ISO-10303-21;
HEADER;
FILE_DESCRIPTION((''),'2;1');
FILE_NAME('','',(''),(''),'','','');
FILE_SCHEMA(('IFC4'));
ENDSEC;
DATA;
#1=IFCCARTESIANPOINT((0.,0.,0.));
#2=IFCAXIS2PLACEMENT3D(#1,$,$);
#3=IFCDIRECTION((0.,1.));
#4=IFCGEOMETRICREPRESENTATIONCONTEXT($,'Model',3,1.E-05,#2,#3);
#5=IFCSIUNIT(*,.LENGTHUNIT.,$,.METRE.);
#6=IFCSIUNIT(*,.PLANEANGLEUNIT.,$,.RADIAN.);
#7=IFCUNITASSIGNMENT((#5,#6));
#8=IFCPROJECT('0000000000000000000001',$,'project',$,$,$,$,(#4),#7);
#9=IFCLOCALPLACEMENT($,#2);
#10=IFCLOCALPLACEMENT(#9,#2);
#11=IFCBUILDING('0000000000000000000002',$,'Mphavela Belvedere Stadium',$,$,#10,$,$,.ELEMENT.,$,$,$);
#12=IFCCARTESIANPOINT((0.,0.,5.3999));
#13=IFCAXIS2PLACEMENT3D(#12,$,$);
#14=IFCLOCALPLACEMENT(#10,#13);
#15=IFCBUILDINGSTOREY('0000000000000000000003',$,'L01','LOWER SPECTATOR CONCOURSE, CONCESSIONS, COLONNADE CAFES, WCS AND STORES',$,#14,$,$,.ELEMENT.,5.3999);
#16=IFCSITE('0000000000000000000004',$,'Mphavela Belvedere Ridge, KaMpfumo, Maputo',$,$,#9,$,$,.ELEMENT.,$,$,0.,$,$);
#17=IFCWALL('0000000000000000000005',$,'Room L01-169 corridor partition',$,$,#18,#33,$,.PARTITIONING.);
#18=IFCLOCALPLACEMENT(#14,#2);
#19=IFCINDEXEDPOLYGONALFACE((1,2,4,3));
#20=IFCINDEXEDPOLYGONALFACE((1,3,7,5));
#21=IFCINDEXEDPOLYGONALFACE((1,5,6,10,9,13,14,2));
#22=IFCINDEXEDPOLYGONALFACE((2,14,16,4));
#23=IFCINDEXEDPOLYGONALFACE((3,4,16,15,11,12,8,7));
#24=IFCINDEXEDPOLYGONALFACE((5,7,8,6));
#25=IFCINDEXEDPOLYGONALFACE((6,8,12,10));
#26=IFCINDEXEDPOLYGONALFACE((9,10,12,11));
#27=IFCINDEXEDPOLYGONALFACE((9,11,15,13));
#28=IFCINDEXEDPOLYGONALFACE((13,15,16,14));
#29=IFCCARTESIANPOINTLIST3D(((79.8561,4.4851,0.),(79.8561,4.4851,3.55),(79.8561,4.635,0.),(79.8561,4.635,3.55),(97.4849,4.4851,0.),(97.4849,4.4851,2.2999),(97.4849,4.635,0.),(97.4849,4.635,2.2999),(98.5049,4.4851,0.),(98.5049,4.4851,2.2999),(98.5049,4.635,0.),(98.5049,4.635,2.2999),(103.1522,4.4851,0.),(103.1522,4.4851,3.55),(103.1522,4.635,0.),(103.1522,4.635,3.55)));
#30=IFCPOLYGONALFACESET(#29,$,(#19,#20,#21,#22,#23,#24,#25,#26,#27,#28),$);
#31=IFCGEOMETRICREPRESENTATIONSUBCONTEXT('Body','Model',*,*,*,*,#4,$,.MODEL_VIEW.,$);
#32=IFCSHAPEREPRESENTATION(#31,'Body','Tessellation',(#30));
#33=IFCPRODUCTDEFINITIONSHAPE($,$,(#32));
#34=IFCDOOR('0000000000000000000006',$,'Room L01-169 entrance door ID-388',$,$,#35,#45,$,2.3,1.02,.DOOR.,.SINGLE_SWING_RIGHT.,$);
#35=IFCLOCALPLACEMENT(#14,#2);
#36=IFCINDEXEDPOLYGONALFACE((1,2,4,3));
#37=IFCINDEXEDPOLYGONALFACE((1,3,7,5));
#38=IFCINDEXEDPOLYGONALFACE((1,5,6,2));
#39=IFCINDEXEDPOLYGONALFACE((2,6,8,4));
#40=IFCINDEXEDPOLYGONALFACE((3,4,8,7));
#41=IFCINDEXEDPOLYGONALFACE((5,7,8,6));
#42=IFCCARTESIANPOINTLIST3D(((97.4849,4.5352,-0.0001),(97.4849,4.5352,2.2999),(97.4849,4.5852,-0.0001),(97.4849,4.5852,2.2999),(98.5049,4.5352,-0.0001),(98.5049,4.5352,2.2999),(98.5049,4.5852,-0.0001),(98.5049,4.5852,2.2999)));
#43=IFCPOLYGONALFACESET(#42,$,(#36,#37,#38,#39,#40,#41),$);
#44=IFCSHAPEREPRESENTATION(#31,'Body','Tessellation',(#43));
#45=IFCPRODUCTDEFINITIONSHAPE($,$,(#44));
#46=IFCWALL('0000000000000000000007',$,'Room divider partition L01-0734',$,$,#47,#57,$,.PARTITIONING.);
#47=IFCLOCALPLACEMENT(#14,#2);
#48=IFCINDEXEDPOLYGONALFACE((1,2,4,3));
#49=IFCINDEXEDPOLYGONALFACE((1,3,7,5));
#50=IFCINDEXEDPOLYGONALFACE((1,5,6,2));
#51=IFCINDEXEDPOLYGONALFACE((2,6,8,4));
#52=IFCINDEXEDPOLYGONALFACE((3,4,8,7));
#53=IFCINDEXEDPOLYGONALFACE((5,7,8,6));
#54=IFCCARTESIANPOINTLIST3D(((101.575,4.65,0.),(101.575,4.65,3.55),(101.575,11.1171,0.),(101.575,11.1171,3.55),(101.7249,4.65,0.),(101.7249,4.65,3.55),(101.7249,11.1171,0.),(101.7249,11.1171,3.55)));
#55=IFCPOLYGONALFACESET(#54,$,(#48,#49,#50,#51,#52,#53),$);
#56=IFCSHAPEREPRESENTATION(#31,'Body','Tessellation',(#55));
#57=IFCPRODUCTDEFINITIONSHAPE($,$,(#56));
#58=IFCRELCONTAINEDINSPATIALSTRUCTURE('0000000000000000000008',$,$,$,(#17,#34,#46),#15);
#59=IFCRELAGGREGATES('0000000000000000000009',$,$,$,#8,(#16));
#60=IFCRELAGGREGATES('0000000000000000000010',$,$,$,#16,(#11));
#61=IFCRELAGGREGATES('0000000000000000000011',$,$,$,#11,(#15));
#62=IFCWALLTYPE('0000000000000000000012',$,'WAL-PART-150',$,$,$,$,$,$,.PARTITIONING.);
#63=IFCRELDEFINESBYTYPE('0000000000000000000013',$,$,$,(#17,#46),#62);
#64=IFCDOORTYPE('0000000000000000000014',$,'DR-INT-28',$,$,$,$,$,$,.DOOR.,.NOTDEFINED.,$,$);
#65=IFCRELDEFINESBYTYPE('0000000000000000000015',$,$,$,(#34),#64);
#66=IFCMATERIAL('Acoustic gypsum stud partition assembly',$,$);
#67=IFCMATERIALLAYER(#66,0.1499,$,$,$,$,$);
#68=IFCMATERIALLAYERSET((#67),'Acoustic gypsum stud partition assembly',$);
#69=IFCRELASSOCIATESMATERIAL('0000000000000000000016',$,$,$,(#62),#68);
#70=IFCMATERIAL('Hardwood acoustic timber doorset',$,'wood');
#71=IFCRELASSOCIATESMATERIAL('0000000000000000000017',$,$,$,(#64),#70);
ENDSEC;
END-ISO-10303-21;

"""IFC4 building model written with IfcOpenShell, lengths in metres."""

from ifc_helpers import new_model, si_unit, direction, frame, frame_2d, origin, place, context, subcontext, project, spatial, rectangle, extrude, material, layer, layer_set, type_object, element, fill, save


model = new_model("IFC4")

# Units and contexts
model_context = context("Model", 3, precision=1e-05, world=origin(), true_north=direction((0.0, 1.0)))
body_context = subcontext(model_context, "Body", "Model", "MODEL_VIEW")
ifc_project = project(units=[si_unit("LENGTHUNIT", "METRE"), si_unit("PLANEANGLEUNIT", "RADIAN")], contexts=[model_context])

# Site, building, storey
site_placement = place(None, origin())
site = spatial("IfcSite", under=ifc_project, at=site_placement, Name="Mphavela Belvedere Ridge, KaMpfumo, Maputo", CompositionType="ELEMENT", RefElevation=0.0)
building_placement = place(site_placement, origin())
building = spatial("IfcBuilding", under=site, at=building_placement, Name="Mphavela Belvedere Stadium", CompositionType="ELEMENT")
storey_placement = place(building_placement, frame((0.0, 0.0, 5.3999)))
storey = spatial("IfcBuildingStorey", under=building, at=storey_placement, Name="L01", Description="LOWER SPECTATOR CONCOURSE, CONCESSIONS, COLONNADE CAFES, WCS AND STORES", CompositionType="ELEMENT", Elevation=5.3999)

# Wall, opening, door
ifc_material_1 = material(Name="Acoustic gypsum stud partition assembly")
ifc_layer_1 = layer(ifc_material_1, 0.1499)
ifc_layer_set_1 = layer_set([ifc_layer_1], Name="Acoustic gypsum stud partition assembly")
wall_type_1 = type_object("IfcWallType", Name="WAL-PART-150", PredefinedType="PARTITIONING", material=ifc_layer_set_1)
wall_1_placement = place(storey_placement, frame((103.1521, 4.5601, 0.0), z_axis=(0.0, 0.0, 1.0), x_axis=(-1.0, 0.0, 0.0)))
wall_1 = element("IfcWall", 1, at=wall_1_placement, inside=storey, type_object=wall_type_1, Name="Room L01-169 corridor partition", PredefinedType="PARTITIONING", context=body_context, shape_type="SweptSolid", body=[
    extrude(rectangle(XDim=23.2961, YDim=0.1499, at=frame_2d((11.6479, 0.0))), origin(), (0.0, 0.0, 1.0), 3.55),
])
opening_1_placement = place(wall_1_placement, frame((4.6472, 0.0, 0.0)))
opening_1 = element("IfcOpeningElement", 2, at=opening_1_placement, cuts=wall_1, PredefinedType="OPENING", context=body_context, shape_type="SweptSolid", body=[
    extrude(rectangle(XDim=1.02, YDim=2.3, at=frame_2d((0.51, 1.1499))), frame((0.0, 0.085, 0.0), z_axis=(0.0, -1.0, 0.0), x_axis=(1.0, 0.0, 0.0)), (0.0, 0.0, 1.0), 0.1699),
])
ifc_material_2 = material(Name="Hardwood acoustic timber doorset", Category="wood")
door_type = type_object("IfcDoorType", Name="DR-INT-28", OperationType="NOTDEFINED", PredefinedType="DOOR", material=ifc_material_2)
door_placement = place(opening_1_placement, origin())
door = element("IfcDoor", 3, at=door_placement, inside=storey, type_object=door_type, Name="Room L01-169 entrance door ID-388", OperationType="SINGLE_SWING_RIGHT", OverallHeight=2.3, OverallWidth=1.02, PredefinedType="DOOR", context=body_context, shape_type="SweptSolid", body=[
    extrude(rectangle(XDim=1.02, YDim=2.3, at=frame_2d((0.51, 1.1499))), frame((0.0, 0.0249, 0.0), z_axis=(0.0, -1.0, 0.0), x_axis=(1.0, 0.0, 0.0)), (0.0, 0.0, 1.0), 0.05),
])
fill(opening_1, door)

# Wall
wall_2_placement = place(storey_placement, frame((101.6499, 11.1169, 0.0), z_axis=(0.0, 0.0, 1.0), x_axis=(0.0, -1.0, 0.0)))
element("IfcWall", 4, at=wall_2_placement, inside=storey, type_object=wall_type_1, Name="Room divider partition L01-0734", PredefinedType="PARTITIONING", context=body_context, shape_type="SweptSolid", body=[
    extrude(rectangle(XDim=6.467, YDim=0.1499, at=frame_2d((3.2334, 0.0))), origin(), (0.0, 0.0, 1.0), 3.55),
])

save(model, "model.ifc")
